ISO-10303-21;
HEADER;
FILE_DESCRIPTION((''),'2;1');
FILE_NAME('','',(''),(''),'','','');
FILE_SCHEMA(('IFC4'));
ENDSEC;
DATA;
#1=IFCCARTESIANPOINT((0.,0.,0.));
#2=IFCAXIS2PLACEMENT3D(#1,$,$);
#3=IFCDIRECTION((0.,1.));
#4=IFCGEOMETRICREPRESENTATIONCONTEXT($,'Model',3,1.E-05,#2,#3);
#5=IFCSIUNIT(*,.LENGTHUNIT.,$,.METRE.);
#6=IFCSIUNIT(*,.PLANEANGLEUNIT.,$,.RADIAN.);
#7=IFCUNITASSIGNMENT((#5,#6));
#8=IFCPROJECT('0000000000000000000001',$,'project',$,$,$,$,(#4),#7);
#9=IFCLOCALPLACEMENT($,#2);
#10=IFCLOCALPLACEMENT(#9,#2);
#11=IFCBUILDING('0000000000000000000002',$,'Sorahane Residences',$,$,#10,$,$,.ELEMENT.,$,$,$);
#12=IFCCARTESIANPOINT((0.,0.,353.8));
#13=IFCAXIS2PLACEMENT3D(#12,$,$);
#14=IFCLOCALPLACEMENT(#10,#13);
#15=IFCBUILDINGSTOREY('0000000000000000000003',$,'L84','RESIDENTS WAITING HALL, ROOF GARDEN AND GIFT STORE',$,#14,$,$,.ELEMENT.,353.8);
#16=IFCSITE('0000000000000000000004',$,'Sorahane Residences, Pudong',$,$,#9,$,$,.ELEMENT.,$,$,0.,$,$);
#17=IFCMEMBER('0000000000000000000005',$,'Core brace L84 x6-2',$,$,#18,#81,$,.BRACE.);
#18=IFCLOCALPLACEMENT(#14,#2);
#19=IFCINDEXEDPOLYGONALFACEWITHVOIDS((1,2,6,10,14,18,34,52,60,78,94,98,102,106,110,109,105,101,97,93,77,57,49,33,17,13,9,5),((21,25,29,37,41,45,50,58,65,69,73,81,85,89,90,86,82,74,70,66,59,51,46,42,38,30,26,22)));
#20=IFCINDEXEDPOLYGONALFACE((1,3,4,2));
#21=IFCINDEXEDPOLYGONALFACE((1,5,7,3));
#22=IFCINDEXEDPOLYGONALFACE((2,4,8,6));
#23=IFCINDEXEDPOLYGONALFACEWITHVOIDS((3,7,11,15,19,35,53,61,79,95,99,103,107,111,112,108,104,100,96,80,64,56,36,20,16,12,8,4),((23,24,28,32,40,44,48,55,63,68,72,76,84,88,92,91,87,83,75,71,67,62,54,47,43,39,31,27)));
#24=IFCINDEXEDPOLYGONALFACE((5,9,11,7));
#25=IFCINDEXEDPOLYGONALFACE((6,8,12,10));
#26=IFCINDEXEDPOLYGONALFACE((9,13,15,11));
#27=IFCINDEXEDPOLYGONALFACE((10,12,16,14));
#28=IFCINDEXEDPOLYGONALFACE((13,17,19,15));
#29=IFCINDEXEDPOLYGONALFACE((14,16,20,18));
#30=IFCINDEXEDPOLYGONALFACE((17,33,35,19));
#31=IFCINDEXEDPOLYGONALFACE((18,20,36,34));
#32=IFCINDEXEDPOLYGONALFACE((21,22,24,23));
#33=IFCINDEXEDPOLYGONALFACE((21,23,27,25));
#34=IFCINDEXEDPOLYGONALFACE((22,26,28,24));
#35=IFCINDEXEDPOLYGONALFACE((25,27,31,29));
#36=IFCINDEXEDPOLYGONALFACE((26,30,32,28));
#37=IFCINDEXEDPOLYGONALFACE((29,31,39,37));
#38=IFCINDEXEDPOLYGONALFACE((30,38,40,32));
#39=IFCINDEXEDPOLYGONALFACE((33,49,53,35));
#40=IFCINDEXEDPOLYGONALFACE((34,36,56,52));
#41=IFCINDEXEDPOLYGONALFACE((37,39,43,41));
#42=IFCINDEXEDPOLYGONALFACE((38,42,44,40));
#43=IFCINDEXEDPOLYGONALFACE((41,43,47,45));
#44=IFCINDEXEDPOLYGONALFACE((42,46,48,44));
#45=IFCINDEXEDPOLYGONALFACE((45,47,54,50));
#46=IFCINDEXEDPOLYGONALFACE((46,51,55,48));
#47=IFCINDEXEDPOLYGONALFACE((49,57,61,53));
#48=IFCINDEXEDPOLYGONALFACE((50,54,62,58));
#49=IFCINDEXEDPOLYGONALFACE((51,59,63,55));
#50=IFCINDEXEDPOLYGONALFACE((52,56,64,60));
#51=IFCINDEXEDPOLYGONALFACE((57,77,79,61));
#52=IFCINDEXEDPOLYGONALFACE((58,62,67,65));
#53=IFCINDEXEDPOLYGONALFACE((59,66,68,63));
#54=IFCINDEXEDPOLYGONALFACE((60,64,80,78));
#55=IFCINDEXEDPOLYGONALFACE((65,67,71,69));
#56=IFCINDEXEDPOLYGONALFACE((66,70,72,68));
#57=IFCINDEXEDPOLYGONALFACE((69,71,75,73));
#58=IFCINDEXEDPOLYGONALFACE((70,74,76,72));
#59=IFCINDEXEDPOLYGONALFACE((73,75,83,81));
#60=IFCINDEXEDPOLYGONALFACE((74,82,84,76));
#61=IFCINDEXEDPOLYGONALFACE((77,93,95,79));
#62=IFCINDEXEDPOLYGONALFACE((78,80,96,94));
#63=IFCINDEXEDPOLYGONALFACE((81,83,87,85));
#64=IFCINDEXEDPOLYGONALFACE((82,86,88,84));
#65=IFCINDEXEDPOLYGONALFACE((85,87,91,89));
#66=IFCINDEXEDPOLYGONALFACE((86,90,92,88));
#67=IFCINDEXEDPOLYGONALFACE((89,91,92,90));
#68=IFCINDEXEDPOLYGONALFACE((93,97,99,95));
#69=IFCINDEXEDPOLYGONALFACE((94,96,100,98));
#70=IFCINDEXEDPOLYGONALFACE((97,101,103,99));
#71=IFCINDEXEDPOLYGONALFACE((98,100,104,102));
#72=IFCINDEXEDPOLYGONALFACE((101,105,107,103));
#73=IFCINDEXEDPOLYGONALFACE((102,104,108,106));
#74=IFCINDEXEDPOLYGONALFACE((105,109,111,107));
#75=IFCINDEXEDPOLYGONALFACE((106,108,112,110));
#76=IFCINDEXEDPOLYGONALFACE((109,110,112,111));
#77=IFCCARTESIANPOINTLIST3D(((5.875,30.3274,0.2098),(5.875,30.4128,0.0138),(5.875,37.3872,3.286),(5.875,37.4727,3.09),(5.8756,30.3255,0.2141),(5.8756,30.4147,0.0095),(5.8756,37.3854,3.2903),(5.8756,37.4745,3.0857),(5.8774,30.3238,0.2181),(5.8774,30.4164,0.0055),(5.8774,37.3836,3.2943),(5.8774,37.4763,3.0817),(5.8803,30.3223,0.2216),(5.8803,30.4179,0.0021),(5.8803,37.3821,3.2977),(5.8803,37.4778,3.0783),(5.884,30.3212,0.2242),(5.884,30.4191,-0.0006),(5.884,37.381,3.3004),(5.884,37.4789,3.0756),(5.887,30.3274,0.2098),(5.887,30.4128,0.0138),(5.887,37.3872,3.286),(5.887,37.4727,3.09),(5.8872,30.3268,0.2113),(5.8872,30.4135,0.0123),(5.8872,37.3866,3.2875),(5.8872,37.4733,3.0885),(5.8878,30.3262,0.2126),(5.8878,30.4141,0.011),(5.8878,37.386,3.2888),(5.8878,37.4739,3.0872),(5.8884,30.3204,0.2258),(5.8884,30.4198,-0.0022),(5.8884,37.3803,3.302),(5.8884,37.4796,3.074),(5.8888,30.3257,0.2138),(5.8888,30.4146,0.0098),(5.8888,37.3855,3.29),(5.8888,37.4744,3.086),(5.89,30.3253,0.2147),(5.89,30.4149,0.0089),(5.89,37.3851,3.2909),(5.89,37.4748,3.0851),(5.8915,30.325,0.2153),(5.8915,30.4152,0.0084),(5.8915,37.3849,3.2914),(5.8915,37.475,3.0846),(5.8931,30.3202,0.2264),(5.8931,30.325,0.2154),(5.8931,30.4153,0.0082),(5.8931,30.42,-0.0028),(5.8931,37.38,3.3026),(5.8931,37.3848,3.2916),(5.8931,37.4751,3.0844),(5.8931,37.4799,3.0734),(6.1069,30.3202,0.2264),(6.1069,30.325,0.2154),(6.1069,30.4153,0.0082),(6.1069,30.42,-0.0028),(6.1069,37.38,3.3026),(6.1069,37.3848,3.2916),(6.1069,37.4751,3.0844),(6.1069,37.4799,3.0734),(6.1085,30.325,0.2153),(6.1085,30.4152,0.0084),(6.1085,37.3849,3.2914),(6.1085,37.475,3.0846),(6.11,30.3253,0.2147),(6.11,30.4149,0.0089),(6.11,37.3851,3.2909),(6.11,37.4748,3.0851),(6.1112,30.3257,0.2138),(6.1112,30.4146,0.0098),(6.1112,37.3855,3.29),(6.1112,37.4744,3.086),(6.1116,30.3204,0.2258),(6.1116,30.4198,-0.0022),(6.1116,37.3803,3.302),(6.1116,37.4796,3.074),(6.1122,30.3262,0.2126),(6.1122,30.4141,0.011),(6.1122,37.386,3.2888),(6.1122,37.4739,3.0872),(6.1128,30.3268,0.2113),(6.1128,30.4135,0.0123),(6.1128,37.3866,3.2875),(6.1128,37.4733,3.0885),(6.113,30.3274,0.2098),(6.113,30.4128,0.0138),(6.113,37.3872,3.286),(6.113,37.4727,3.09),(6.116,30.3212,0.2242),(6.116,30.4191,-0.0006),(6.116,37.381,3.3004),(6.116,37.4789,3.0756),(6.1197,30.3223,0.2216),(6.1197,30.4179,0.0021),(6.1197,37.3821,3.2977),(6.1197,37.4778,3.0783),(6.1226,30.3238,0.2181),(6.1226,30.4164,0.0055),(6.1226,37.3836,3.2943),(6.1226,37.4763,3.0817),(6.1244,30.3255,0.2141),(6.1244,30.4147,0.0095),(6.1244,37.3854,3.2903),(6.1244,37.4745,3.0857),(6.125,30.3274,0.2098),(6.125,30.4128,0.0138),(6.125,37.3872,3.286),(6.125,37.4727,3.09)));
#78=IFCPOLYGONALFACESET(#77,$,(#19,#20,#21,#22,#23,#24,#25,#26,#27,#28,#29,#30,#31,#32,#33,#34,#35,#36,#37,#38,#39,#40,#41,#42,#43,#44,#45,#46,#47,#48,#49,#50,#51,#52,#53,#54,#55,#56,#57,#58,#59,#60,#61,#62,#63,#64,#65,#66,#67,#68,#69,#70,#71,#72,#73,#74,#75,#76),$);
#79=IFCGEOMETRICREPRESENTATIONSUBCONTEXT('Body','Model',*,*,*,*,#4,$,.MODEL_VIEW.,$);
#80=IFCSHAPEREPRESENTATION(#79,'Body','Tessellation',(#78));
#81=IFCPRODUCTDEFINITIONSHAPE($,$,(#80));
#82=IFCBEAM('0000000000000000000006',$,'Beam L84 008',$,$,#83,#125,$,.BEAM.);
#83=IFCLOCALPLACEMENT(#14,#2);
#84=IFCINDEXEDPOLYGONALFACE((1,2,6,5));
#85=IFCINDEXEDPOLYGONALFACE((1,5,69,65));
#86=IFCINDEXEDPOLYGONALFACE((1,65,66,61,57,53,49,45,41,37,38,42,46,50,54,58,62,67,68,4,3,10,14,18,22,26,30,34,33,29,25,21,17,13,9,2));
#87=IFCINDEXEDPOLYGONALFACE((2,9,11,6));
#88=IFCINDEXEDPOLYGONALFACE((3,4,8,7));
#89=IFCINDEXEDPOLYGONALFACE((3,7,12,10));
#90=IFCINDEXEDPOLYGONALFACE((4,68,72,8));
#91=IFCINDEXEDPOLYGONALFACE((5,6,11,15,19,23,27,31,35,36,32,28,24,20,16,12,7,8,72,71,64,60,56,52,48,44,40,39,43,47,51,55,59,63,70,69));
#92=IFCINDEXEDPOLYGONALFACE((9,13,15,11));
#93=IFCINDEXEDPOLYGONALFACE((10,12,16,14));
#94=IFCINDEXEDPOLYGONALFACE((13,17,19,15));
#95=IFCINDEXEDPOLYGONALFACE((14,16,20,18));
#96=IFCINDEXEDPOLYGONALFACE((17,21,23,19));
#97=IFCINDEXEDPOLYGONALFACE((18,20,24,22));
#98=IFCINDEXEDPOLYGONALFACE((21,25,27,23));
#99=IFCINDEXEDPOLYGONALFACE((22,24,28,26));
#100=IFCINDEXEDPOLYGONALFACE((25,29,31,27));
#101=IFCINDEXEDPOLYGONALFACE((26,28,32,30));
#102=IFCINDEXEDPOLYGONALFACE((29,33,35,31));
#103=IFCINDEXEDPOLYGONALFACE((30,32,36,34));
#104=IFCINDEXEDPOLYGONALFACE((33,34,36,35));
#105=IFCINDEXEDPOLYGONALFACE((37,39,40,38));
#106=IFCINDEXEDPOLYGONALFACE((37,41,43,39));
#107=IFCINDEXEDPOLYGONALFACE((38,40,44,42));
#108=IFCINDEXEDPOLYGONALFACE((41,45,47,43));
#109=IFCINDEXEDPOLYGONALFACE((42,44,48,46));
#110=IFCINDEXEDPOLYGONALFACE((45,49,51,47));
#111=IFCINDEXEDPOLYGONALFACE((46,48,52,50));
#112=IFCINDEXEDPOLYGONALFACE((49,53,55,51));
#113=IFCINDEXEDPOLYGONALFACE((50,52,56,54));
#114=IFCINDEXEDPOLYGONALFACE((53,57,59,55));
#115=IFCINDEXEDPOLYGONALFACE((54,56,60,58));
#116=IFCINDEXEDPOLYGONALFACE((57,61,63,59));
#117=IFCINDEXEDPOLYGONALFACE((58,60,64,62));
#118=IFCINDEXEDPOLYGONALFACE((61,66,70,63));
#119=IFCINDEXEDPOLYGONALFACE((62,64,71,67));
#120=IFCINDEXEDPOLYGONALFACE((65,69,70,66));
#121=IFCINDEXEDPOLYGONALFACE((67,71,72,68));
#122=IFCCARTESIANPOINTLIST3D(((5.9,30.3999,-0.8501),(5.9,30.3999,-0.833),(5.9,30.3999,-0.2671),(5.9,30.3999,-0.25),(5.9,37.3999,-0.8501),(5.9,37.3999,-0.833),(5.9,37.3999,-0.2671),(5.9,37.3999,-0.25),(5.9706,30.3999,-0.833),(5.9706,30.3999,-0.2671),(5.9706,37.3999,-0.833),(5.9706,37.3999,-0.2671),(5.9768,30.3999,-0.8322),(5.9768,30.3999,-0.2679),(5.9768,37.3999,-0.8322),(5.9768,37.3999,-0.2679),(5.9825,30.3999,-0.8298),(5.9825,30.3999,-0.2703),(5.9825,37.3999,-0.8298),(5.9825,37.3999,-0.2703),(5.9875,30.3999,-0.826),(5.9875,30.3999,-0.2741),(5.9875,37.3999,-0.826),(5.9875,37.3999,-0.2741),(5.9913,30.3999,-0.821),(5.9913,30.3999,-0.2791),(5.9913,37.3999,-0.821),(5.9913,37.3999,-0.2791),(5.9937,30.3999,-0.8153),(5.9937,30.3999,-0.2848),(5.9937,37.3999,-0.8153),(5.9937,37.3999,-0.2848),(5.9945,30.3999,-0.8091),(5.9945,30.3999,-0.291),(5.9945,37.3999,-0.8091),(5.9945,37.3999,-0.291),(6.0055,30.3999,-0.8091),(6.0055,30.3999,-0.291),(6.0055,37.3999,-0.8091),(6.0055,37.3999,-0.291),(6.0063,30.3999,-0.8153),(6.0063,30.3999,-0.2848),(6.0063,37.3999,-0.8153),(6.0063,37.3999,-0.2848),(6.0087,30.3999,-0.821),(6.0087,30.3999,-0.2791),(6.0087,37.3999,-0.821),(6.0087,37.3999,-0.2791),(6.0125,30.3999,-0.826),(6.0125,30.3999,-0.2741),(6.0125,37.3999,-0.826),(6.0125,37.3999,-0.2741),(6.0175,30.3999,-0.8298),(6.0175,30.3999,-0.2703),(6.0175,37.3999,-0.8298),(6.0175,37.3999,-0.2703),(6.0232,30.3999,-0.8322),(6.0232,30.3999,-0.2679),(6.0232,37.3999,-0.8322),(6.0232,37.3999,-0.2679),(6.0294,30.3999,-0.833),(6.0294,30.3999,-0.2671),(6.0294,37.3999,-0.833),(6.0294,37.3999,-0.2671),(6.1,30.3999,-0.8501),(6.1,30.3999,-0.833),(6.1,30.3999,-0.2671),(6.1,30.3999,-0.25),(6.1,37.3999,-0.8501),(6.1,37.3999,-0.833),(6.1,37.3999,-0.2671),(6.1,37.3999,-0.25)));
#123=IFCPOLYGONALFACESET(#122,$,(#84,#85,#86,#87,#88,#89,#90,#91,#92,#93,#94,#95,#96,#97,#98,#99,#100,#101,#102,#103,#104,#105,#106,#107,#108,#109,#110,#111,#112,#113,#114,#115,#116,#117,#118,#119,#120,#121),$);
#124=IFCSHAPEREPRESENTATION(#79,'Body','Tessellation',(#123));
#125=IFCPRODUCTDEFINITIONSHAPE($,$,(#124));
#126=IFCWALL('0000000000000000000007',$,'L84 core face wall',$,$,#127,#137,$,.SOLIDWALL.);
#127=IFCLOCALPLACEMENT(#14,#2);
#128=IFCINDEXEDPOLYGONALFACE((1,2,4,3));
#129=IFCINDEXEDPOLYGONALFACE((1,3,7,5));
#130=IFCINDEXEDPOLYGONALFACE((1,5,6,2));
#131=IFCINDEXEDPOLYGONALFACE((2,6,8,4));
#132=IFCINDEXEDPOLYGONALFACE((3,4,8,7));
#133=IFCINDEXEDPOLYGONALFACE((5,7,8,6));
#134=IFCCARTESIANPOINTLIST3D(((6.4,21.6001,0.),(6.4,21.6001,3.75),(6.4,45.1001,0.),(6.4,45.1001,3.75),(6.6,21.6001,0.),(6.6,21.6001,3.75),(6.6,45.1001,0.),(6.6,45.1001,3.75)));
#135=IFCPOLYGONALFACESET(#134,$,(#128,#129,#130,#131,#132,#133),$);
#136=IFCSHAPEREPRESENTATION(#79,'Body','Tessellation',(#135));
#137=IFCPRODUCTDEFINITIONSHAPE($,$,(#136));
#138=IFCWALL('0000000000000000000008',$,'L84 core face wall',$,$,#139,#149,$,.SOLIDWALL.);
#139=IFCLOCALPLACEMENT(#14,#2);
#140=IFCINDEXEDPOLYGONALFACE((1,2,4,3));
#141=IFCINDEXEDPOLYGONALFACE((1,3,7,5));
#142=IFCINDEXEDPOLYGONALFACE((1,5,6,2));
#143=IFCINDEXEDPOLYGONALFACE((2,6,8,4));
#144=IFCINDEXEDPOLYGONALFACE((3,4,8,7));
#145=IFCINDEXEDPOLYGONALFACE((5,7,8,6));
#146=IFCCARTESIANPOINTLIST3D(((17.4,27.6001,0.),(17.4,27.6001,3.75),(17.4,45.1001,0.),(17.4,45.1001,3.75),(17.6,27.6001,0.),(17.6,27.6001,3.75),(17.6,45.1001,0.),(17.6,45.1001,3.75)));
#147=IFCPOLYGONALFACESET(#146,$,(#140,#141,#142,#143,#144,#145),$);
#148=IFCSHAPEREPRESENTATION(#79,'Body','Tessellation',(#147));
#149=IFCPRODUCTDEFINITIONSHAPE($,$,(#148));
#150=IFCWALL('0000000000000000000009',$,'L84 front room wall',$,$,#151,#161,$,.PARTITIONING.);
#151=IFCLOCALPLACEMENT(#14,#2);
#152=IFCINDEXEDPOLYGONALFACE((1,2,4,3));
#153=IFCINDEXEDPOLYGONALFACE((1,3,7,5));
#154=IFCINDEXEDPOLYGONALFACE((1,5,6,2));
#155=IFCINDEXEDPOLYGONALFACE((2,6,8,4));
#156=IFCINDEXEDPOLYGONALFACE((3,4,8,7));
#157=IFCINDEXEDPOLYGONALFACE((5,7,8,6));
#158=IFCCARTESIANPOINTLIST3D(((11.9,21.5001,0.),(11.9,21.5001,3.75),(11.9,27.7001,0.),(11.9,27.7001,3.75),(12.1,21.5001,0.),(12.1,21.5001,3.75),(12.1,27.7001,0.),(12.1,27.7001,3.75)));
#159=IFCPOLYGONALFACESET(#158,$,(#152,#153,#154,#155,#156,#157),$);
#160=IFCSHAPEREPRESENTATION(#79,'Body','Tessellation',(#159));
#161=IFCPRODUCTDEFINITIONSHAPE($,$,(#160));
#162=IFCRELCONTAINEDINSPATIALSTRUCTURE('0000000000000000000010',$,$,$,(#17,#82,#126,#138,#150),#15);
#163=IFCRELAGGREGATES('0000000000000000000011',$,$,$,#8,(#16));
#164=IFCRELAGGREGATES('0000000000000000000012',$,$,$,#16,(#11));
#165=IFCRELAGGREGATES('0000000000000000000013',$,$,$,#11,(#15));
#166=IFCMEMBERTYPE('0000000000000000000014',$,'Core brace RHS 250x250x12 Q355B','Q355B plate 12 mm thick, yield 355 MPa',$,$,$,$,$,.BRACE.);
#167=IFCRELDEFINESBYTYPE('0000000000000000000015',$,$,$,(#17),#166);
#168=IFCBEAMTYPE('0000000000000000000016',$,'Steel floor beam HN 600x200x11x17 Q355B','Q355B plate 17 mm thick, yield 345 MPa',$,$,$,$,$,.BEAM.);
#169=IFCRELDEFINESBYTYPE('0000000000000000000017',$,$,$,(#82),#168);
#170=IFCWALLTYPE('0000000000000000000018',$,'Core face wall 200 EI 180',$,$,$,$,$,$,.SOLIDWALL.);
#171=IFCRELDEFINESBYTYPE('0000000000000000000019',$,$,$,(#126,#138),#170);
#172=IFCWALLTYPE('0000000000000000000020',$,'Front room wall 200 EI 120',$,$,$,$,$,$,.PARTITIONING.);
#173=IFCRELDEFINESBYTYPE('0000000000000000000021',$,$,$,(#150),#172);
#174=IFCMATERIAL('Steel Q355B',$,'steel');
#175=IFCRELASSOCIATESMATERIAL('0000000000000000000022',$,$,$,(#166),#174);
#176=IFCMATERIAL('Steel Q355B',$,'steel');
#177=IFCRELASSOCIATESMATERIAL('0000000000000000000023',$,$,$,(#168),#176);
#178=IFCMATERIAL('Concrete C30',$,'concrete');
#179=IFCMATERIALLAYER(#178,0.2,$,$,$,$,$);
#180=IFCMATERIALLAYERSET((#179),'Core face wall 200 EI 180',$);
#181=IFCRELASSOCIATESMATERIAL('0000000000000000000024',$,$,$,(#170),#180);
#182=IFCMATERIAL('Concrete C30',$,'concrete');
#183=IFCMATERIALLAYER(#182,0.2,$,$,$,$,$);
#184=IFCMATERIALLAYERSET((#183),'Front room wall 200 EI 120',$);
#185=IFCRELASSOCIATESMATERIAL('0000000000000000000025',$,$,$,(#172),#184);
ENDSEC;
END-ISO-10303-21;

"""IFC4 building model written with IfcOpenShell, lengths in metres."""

from ifc_helpers import new_model, si_unit, direction, frame, frame_2d, origin, origin_2d, place, context, subcontext, project, spatial, rectangle, hollow_rectangle, i_section, extrude, material, layer, layer_set, material_profile, profile_set, type_object, element, save


model = new_model("IFC4")

# Units and contexts
model_context = context("Model", 3, precision=1e-05, world=origin(), true_north=direction((0.0, 1.0)))
body_context = subcontext(model_context, "Body", "Model", "MODEL_VIEW")
ifc_project = project(units=[si_unit("LENGTHUNIT", "METRE"), si_unit("PLANEANGLEUNIT", "RADIAN")], contexts=[model_context])

# Site, building, storey
site_placement = place(None, origin())
site = spatial("IfcSite", under=ifc_project, at=site_placement, Name="Sorahane Residences, Pudong", CompositionType="ELEMENT", RefElevation=0.0)
building_placement = place(site_placement, origin())
building = spatial("IfcBuilding", under=site, at=building_placement, Name="Sorahane Residences", CompositionType="ELEMENT")
storey_placement = place(building_placement, frame((0.0, 0.0, 353.8)))
storey = spatial("IfcBuildingStorey", under=building, at=storey_placement, Name="L84", Description="RESIDENTS WAITING HALL, ROOF GARDEN AND GIFT STORE", CompositionType="ELEMENT", Elevation=353.8)

# Member
ifc_material_1 = material(Name="Steel Q355B", Category="steel")
ifc_material_profile_1 = material_profile(ifc_material_1, hollow_rectangle(XDim=0.25, YDim=0.25, WallThickness=0.012, InnerFilletRadius=0.0061, OuterFilletRadius=0.0181, at=origin_2d()), Name="RHS 250x250x12")
ifc_profile_set_1 = profile_set([ifc_material_profile_1], Name="Steel Q355B")
member_type = type_object("IfcMemberType", Name="Core brace RHS 250x250x12 Q355B", Description="Q355B plate 12 mm thick, yield 355 MPa", PredefinedType="BRACE", material=ifc_profile_set_1)
member_placement = place(storey_placement, frame((6.0, 30.3701, 0.1118), z_axis=(0.0, 0.916752, 0.399456), x_axis=(-1.0, 0.0, 0.0)))
element("IfcMember", 1, at=member_placement, inside=storey, type_object=member_type, Name="Core brace L84 x6-2", PredefinedType="BRACE", context=body_context, shape_type="SweptSolid", body=[
    extrude(hollow_rectangle(XDim=0.25, YDim=0.25, WallThickness=0.012, InnerFilletRadius=0.0061, OuterFilletRadius=0.0181, at=origin_2d()), origin(), (0.0, 0.0, 1.0), 7.7009),
])

# Beam
ifc_material_2 = material(Name="Steel Q355B", Category="steel")
ifc_material_profile_2 = material_profile(ifc_material_2, i_section(OverallWidth=0.2, OverallDepth=0.6001, WebThickness=0.011, FlangeThickness=0.0171, FilletRadius=0.0239, at=origin_2d()), Name="HN 600x200x11x17")
ifc_profile_set_2 = profile_set([ifc_material_profile_2], Name="Steel Q355B")
beam_type = type_object("IfcBeamType", Name="Steel floor beam HN 600x200x11x17 Q355B", Description="Q355B plate 17 mm thick, yield 345 MPa", PredefinedType="BEAM", material=ifc_profile_set_2)
beam_placement = place(storey_placement, frame((6.0, 30.3999, -0.55), z_axis=(0.0, 1.0, 0.0), x_axis=(-1.0, 0.0, 0.0)))
element("IfcBeam", 2, at=beam_placement, inside=storey, type_object=beam_type, Name="Beam L84 008", PredefinedType="BEAM", context=body_context, shape_type="SweptSolid", body=[
    extrude(i_section(OverallWidth=0.2, OverallDepth=0.6001, WebThickness=0.011, FlangeThickness=0.0171, FilletRadius=0.0239, at=origin_2d()), origin(), (0.0, 0.0, 1.0), 7.0),
])

# Walls
ifc_material_3 = material(Name="Concrete C30", Category="concrete")
ifc_layer_1 = layer(ifc_material_3, 0.2)
ifc_layer_set_1 = layer_set([ifc_layer_1], Name="Core face wall 200 EI 180")
wall_type_1 = type_object("IfcWallType", Name="Core face wall 200 EI 180", PredefinedType="SOLIDWALL", material=ifc_layer_set_1)
wall_1_placement = place(storey_placement, frame((6.5, 21.6001, 0.0), z_axis=(0.0, 0.0, 1.0), x_axis=(0.0, 1.0, 0.0)))
element("IfcWall", 3, at=wall_1_placement, inside=storey, type_object=wall_type_1, Name="L84 core face wall", PredefinedType="SOLIDWALL", context=body_context, shape_type="SweptSolid", body=[
    extrude(rectangle(XDim=23.5, YDim=0.2, at=frame_2d((11.75, 0.0))), origin(), (0.0, 0.0, 1.0), 3.75),
])
wall_2_placement = place(storey_placement, frame((17.5, 27.6001, 0.0), z_axis=(0.0, 0.0, 1.0), x_axis=(0.0, 1.0, 0.0)))
element("IfcWall", 4, at=wall_2_placement, inside=storey, type_object=wall_type_1, Name="L84 core face wall", PredefinedType="SOLIDWALL", context=body_context, shape_type="SweptSolid", body=[
    extrude(rectangle(XDim=17.5, YDim=0.2, at=frame_2d((8.75, 0.0))), origin(), (0.0, 0.0, 1.0), 3.75),
])
ifc_material_4 = material(Name="Concrete C30", Category="concrete")
ifc_layer_2 = layer(ifc_material_4, 0.2)
ifc_layer_set_2 = layer_set([ifc_layer_2], Name="Front room wall 200 EI 120")
wall_type_2 = type_object("IfcWallType", Name="Front room wall 200 EI 120", PredefinedType="PARTITIONING", material=ifc_layer_set_2)
wall_3_placement = place(storey_placement, frame((12.0, 21.5, 0.0), z_axis=(0.0, 0.0, 1.0), x_axis=(0.0, 1.0, 0.0)))
element("IfcWall", 5, at=wall_3_placement, inside=storey, type_object=wall_type_2, Name="L84 front room wall", PredefinedType="PARTITIONING", context=body_context, shape_type="SweptSolid", body=[
    extrude(rectangle(XDim=6.2, YDim=0.2, at=frame_2d((3.1001, 0.0))), origin(), (0.0, 0.0, 1.0), 3.75),
])

save(model, "model.ifc")
